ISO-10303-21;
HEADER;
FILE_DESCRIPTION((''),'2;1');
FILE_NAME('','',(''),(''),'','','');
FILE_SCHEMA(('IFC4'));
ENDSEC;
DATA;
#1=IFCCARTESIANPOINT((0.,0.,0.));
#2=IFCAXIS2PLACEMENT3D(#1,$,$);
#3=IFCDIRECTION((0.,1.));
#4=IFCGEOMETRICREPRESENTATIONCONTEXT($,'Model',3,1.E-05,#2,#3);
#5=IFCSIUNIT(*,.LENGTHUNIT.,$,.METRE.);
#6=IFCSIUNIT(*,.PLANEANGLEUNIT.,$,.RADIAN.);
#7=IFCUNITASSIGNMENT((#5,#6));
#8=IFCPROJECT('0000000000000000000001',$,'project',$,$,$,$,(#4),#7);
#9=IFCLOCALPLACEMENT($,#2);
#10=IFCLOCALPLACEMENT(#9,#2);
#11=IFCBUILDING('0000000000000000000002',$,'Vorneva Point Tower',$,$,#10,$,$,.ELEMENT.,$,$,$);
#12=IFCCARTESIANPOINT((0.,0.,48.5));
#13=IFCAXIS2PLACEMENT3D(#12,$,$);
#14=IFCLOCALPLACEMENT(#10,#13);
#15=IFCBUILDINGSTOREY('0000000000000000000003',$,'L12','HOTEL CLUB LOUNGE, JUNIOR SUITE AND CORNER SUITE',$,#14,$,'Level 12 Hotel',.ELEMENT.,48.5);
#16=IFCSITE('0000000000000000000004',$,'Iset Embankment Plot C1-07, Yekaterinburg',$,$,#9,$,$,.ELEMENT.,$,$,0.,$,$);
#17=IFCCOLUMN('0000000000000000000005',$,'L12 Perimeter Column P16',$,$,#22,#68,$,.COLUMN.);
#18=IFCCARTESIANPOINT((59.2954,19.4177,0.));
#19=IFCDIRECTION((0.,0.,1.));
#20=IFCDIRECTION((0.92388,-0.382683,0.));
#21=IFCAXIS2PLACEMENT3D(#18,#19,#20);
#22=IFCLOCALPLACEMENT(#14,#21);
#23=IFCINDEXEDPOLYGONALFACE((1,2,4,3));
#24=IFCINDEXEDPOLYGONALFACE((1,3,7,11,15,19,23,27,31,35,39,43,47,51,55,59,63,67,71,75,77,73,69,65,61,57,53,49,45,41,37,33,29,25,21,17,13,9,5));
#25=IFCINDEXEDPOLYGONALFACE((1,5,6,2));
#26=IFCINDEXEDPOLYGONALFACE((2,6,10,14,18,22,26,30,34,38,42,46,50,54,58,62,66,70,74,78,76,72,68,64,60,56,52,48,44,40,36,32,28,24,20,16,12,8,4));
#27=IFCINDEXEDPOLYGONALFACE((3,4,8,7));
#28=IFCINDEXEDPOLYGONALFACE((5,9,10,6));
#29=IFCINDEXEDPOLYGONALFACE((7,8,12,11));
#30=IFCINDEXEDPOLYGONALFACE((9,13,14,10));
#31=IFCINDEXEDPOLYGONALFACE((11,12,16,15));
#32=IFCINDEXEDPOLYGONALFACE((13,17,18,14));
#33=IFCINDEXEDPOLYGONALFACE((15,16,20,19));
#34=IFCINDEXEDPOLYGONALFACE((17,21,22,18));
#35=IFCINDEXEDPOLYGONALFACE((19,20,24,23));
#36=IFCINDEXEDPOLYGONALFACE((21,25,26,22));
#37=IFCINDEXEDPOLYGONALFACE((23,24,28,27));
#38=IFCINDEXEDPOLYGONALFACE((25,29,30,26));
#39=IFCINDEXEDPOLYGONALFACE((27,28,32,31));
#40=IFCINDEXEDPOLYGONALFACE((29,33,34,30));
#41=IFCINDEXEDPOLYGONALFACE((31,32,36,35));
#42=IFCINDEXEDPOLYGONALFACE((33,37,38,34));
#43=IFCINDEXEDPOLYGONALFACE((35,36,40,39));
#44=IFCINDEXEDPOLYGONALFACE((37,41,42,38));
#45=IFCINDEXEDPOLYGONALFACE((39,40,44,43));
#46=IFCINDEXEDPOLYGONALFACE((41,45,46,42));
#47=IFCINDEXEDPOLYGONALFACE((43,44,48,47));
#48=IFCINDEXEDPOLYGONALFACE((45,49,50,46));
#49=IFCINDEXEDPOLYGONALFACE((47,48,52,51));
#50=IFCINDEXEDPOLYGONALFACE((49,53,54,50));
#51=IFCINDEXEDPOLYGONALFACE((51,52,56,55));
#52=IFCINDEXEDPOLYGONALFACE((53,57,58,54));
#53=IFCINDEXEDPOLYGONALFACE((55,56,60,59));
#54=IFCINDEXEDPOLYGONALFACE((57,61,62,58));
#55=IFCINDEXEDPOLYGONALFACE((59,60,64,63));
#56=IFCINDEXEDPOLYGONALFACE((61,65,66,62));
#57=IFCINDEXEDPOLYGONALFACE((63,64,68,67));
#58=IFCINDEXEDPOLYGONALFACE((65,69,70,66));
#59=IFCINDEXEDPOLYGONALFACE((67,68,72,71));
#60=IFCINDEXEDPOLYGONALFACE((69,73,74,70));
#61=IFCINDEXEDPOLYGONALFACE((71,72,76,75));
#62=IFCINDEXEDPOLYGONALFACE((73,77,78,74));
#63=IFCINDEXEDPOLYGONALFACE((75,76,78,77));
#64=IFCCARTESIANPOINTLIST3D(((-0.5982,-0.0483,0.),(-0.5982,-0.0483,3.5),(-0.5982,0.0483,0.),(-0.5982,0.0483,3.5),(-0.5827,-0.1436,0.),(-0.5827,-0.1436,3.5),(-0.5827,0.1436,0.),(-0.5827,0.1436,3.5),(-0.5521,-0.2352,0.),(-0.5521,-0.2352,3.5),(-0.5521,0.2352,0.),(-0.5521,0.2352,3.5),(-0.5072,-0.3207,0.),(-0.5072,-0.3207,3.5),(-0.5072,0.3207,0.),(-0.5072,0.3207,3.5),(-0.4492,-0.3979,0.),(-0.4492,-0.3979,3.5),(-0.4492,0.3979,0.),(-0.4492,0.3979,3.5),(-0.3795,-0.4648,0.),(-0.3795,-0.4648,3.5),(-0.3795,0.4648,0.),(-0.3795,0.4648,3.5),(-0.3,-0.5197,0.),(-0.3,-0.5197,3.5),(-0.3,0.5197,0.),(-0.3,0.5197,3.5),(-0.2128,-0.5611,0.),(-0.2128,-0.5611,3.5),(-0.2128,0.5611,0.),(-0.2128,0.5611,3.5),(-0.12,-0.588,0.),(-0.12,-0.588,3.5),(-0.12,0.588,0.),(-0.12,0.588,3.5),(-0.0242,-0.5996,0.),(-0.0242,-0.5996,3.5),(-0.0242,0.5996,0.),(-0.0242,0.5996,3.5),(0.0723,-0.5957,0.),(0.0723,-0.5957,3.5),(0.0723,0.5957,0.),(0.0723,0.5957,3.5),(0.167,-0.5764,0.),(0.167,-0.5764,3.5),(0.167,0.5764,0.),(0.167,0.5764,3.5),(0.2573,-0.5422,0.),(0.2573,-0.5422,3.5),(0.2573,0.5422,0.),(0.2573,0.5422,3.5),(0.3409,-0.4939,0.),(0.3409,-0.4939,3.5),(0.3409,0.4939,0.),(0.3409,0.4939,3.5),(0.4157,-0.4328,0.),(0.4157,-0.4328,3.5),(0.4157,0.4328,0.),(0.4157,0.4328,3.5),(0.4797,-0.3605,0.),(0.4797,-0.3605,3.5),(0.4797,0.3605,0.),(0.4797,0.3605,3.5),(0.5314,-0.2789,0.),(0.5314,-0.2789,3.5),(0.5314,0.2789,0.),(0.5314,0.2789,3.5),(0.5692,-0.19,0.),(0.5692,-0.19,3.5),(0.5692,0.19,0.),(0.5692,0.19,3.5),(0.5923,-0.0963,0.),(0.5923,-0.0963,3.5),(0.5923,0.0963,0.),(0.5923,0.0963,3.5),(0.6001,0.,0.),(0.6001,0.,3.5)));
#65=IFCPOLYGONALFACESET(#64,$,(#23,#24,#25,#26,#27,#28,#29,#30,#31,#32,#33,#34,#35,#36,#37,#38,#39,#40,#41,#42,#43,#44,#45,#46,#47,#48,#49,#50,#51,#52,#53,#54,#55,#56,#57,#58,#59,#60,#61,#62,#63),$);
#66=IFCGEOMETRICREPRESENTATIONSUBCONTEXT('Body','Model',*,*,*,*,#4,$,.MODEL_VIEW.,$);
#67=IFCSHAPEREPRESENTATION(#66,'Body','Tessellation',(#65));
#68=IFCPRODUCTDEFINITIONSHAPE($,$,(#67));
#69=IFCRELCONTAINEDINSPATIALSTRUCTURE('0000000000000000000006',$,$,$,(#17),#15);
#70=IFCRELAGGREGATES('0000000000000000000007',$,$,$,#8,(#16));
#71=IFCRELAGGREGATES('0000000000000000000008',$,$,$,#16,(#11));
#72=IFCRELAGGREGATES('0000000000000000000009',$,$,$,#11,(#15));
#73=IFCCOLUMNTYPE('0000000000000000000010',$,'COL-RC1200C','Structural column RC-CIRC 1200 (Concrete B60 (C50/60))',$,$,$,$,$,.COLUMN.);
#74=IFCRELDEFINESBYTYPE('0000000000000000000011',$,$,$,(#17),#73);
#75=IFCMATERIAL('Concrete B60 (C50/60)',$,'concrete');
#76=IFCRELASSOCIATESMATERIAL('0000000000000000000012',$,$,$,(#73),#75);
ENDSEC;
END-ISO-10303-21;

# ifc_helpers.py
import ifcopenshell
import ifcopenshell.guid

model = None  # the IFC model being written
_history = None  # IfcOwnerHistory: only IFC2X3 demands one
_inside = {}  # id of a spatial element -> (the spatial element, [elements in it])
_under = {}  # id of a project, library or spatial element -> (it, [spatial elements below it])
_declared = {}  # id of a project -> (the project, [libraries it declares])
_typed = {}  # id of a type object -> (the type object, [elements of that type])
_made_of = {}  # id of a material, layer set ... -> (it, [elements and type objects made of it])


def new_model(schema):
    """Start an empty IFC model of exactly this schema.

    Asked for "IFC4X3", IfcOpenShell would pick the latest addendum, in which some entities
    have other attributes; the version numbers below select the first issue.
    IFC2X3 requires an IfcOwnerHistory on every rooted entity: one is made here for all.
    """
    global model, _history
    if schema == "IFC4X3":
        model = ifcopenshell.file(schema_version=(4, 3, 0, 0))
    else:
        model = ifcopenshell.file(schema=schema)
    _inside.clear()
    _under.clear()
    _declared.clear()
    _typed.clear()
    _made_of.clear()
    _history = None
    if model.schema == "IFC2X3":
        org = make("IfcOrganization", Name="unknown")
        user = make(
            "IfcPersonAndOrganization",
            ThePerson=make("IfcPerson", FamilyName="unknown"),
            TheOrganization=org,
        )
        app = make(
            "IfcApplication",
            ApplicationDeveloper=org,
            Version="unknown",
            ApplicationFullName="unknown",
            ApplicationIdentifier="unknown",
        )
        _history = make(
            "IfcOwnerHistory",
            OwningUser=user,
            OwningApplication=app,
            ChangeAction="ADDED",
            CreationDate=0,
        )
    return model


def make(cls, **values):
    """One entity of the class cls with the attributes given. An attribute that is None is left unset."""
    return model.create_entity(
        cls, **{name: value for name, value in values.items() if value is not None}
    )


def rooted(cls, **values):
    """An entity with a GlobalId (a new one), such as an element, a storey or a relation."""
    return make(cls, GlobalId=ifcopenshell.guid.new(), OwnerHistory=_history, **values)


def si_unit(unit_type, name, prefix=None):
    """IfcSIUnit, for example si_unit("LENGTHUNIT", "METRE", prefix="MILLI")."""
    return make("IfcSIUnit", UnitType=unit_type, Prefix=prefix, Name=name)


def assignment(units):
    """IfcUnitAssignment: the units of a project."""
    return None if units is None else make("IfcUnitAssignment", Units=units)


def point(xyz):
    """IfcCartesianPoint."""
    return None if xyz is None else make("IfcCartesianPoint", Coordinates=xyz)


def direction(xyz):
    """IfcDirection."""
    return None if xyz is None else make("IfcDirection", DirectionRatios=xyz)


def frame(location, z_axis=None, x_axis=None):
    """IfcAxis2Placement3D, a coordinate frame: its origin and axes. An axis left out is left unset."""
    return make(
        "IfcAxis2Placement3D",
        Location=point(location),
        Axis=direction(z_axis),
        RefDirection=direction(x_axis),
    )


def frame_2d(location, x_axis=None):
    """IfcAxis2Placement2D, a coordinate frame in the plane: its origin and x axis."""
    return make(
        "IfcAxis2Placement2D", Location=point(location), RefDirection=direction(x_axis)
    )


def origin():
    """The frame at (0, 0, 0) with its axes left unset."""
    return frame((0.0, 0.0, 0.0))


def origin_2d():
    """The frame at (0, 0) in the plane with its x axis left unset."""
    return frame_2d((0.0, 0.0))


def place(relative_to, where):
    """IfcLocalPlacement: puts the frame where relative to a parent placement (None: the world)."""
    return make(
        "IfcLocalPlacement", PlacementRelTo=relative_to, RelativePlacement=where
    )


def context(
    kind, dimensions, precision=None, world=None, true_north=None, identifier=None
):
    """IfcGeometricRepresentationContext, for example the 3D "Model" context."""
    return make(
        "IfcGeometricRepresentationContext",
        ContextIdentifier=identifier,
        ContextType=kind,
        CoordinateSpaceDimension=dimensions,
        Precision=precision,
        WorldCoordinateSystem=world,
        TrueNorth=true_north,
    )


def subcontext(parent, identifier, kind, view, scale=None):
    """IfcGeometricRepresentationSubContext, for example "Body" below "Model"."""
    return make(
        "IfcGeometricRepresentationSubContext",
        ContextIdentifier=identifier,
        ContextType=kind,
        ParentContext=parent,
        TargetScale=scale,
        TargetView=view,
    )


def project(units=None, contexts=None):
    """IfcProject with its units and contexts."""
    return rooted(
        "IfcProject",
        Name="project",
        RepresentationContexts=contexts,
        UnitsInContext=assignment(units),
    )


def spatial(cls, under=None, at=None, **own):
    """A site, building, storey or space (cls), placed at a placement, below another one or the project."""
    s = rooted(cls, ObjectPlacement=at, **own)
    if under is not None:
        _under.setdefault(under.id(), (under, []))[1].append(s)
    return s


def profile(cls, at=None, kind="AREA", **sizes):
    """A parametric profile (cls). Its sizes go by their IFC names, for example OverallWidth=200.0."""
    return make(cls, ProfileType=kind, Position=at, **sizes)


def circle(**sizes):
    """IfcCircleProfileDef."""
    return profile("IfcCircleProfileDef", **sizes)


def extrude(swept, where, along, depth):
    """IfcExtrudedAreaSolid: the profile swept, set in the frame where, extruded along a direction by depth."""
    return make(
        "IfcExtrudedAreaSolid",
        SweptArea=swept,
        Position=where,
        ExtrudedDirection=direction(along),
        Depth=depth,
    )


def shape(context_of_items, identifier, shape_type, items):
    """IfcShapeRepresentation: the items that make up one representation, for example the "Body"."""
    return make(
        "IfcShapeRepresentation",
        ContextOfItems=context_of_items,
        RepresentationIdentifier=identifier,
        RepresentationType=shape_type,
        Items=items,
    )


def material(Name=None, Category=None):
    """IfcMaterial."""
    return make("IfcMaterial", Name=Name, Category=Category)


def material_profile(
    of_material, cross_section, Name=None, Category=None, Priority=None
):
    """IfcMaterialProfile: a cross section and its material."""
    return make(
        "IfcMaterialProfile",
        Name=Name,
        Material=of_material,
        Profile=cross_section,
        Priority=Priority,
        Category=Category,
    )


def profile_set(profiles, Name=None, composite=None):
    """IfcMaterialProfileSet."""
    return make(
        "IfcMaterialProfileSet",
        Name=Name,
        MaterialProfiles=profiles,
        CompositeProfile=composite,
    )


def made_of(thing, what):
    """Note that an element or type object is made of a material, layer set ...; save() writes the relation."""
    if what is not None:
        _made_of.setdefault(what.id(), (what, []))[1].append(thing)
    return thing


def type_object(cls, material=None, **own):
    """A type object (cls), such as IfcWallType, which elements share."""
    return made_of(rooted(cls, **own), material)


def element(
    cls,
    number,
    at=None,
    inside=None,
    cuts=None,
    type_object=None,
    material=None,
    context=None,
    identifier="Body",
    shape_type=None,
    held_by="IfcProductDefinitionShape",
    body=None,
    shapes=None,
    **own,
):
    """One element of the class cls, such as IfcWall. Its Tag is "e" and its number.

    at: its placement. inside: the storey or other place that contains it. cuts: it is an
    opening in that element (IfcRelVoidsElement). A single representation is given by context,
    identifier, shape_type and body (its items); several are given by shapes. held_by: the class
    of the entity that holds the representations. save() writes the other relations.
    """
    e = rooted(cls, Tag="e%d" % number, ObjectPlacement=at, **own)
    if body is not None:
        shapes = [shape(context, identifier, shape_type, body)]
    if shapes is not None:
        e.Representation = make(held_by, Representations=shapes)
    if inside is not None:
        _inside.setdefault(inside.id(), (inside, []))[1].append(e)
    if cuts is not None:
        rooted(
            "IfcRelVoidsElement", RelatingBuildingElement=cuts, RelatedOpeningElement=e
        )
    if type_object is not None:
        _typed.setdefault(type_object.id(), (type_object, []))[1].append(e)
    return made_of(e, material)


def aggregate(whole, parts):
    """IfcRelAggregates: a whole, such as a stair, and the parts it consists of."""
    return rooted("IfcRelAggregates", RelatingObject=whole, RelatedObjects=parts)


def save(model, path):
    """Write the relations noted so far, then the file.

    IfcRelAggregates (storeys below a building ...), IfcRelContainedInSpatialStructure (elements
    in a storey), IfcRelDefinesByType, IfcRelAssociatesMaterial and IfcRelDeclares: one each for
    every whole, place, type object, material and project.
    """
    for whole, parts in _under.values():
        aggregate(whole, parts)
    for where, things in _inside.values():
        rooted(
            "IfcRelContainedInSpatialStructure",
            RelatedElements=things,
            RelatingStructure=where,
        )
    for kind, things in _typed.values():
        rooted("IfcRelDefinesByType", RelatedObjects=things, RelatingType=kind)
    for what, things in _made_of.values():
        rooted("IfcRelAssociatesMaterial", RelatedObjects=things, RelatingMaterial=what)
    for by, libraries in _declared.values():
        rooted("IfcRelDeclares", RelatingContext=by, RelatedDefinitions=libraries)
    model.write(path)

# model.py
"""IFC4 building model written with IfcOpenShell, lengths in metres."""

from ifc_helpers import new_model, si_unit, direction, frame, origin, origin_2d, place, context, subcontext, project, spatial, circle, extrude, material, material_profile, profile_set, type_object, element, save


model = new_model("IFC4")

# Units and contexts
model_context = context("Model", 3, precision=1e-05, world=origin(), true_north=direction((0.0, 1.0)))
body_context = subcontext(model_context, "Body", "Model", "MODEL_VIEW")
ifc_project = project(units=[si_unit("LENGTHUNIT", "METRE"), si_unit("PLANEANGLEUNIT", "RADIAN")], contexts=[model_context])

# Site, building, storey
site_placement = place(None, origin())
site = spatial("IfcSite", under=ifc_project, at=site_placement, Name="Iset Embankment Plot C1-07, Yekaterinburg", CompositionType="ELEMENT", RefElevation=0.0)
building_placement = place(site_placement, origin())
building = spatial("IfcBuilding", under=site, at=building_placement, Name="Vorneva Point Tower", CompositionType="ELEMENT")
storey_placement = place(building_placement, frame((0.0, 0.0, 48.5)))
storey = spatial("IfcBuildingStorey", under=building, at=storey_placement, Name="L12", Description="HOTEL CLUB LOUNGE, JUNIOR SUITE AND CORNER SUITE", LongName="Level 12 Hotel", CompositionType="ELEMENT", Elevation=48.5)

# Column
ifc_material_1 = material(Name="Concrete B60 (C50/60)", Category="concrete")
ifc_material_profile_1 = material_profile(ifc_material_1, circle(Radius=0.6001, at=origin_2d()), Name="RC-CIRC 1200")
ifc_profile_set_1 = profile_set([ifc_material_profile_1], Name="Concrete B60 (C50/60)")
column_type = type_object("IfcColumnType", Name="COL-RC1200C", Description="Structural column RC-CIRC 1200 (Concrete B60 (C50/60))", PredefinedType="COLUMN", material=ifc_profile_set_1)
for number, where, z_axis, x_axis, name in (
    (1, (59.2954, 19.4177, 0.0), (0.0, 0.0, 1.0), (0.92388, -0.382683, 0.0), "L12 Perimeter Column P16"),
):
    element("IfcColumn", number, at=place(storey_placement, frame(where, z_axis=z_axis, x_axis=x_axis)), inside=storey, type_object=column_type, Name=name, PredefinedType="COLUMN", context=body_context, shape_type="SweptSolid", body=[
        extrude(circle(Radius=0.6001, at=origin_2d()), origin(), (0.0, 0.0, 1.0), 3.5),
    ])

save(model, "model.ifc")
